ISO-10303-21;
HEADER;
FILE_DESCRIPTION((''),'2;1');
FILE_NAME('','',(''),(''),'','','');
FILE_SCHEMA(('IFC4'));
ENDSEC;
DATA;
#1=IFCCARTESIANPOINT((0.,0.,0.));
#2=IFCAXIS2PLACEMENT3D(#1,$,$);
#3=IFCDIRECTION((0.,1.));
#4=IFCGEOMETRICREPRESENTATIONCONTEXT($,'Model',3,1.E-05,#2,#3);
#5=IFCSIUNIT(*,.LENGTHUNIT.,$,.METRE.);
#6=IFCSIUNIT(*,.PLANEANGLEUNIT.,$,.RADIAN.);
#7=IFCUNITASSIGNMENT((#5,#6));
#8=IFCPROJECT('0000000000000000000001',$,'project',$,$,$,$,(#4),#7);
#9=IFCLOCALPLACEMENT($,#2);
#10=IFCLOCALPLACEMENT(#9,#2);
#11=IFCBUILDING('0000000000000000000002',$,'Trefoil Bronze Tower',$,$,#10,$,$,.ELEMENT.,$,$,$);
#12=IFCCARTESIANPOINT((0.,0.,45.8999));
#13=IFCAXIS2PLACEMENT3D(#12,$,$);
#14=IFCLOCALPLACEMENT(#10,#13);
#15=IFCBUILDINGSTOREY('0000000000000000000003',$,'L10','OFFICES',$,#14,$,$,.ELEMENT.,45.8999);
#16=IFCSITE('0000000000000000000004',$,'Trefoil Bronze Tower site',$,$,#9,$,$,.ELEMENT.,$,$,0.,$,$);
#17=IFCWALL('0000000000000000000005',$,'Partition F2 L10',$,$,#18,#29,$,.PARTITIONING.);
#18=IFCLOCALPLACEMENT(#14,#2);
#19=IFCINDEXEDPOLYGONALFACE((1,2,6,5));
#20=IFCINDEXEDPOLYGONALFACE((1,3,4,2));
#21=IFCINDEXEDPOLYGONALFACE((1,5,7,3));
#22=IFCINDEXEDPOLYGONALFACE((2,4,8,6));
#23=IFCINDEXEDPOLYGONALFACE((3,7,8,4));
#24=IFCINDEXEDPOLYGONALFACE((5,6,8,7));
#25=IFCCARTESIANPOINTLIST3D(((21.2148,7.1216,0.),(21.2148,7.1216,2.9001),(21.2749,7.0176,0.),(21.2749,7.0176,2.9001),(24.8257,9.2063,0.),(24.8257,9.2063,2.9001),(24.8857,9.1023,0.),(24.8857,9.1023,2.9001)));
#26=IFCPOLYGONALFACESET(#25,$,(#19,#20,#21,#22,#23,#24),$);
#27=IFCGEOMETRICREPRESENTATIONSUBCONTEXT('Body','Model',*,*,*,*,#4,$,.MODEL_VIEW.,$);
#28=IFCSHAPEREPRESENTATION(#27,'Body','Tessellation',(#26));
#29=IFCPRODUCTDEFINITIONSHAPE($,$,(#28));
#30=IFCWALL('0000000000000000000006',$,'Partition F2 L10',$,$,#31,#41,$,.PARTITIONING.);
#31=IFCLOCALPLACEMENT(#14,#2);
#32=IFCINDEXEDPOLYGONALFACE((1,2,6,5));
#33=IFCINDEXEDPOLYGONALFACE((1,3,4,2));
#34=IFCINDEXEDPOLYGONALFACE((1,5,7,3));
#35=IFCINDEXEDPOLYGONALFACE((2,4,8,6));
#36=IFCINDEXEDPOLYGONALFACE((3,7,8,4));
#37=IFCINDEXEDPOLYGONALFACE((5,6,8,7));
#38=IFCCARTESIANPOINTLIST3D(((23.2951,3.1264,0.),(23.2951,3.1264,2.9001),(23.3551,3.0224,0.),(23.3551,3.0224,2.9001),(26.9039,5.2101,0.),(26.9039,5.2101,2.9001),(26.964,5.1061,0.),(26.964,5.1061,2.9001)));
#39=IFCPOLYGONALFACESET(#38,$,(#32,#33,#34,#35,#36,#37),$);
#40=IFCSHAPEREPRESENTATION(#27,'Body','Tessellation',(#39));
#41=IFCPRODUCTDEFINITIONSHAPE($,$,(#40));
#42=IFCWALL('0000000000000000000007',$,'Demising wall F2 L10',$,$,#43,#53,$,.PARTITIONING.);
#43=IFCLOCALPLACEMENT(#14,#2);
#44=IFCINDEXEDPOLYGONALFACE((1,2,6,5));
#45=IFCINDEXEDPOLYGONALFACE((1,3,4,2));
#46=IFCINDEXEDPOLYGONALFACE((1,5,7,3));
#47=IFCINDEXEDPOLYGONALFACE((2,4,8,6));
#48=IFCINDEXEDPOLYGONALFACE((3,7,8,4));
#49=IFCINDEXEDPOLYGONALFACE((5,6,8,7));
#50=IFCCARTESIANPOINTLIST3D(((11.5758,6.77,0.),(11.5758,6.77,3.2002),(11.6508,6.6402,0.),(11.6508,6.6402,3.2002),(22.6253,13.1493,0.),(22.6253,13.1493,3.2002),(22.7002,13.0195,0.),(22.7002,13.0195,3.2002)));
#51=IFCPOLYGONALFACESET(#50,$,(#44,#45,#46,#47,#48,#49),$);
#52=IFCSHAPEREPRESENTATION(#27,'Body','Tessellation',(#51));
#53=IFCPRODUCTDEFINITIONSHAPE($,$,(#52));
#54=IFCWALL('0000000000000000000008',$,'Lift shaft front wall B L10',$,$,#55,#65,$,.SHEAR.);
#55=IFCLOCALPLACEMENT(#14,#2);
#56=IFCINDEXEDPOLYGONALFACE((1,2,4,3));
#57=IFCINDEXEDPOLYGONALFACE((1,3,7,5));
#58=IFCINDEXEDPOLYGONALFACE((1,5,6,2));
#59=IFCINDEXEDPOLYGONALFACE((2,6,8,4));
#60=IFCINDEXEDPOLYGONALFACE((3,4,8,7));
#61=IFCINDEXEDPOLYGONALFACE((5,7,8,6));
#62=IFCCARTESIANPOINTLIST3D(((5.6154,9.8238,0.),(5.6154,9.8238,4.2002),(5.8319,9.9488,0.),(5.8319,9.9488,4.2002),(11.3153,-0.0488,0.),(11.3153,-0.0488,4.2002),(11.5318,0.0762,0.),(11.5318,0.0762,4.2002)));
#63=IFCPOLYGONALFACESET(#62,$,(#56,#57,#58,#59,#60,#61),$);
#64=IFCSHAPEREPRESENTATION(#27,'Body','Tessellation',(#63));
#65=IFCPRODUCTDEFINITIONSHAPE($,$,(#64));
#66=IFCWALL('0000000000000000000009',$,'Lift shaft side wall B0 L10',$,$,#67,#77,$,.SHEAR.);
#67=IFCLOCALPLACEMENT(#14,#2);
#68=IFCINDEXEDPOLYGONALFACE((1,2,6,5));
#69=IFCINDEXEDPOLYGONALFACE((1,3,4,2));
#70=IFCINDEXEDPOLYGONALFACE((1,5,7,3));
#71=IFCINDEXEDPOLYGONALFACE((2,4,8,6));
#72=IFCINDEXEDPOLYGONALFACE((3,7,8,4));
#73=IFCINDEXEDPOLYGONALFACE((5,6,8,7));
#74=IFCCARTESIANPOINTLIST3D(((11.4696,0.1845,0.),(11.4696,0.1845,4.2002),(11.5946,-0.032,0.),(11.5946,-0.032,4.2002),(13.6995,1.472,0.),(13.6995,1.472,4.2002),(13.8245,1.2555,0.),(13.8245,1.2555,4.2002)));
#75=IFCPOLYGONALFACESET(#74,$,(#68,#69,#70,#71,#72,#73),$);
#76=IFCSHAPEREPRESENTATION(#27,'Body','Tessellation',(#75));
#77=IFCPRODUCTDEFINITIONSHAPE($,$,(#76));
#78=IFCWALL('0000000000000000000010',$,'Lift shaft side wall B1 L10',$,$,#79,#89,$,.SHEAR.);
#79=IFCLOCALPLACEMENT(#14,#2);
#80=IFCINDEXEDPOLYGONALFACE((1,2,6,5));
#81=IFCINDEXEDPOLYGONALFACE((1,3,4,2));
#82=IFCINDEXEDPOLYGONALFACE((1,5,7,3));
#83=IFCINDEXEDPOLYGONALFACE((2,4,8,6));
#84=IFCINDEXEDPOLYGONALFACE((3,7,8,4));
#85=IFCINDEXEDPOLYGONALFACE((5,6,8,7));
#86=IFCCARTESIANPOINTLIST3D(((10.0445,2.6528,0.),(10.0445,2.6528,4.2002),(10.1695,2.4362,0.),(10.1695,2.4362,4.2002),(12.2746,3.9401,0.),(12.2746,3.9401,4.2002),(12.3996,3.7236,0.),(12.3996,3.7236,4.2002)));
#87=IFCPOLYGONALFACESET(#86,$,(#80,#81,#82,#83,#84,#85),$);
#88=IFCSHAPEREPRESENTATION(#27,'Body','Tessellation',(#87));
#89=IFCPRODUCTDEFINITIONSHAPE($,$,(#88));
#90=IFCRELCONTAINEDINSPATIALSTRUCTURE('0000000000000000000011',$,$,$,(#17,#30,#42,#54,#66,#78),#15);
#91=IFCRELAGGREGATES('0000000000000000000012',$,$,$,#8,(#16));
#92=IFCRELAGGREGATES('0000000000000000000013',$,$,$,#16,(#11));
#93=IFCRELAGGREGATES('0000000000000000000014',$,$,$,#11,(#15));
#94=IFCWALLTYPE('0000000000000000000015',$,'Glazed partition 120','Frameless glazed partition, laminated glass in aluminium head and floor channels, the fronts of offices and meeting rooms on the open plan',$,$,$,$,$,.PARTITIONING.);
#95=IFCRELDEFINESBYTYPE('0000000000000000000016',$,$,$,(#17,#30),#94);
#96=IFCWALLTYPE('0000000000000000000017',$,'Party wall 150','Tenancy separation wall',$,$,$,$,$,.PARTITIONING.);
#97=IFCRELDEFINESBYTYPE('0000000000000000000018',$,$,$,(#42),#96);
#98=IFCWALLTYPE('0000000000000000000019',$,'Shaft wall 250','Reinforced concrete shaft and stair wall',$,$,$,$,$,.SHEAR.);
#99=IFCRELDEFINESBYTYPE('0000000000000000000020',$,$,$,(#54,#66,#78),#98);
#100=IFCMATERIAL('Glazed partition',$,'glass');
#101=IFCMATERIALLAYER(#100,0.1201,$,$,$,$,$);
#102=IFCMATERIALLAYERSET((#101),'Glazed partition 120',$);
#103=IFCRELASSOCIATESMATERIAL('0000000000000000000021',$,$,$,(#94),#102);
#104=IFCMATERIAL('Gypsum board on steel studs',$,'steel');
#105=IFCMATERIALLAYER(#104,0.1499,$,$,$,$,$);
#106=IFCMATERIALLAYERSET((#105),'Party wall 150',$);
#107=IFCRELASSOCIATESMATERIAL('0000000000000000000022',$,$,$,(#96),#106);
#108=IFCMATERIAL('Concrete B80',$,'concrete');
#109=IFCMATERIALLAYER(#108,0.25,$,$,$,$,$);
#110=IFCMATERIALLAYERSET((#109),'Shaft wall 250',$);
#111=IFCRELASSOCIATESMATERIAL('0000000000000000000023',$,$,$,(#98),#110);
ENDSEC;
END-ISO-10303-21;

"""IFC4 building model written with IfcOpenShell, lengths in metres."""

from ifc_helpers import new_model, si_unit, direction, frame, frame_2d, origin, place, context, subcontext, project, spatial, rectangle, extrude, material, layer, layer_set, type_object, element, save


model = new_model("IFC4")

# Units and contexts
model_context = context("Model", 3, precision=1e-05, world=origin(), true_north=direction((0.0, 1.0)))
body_context = subcontext(model_context, "Body", "Model", "MODEL_VIEW")
ifc_project = project(units=[si_unit("LENGTHUNIT", "METRE"), si_unit("PLANEANGLEUNIT", "RADIAN")], contexts=[model_context])

# Site, building, storey
site_placement = place(None, origin())
site = spatial("IfcSite", under=ifc_project, at=site_placement, Name="Trefoil Bronze Tower site", CompositionType="ELEMENT", RefElevation=0.0)
building_placement = place(site_placement, origin())
building = spatial("IfcBuilding", under=site, at=building_placement, Name="Trefoil Bronze Tower", CompositionType="ELEMENT")
storey_placement = place(building_placement, frame((0.0, 0.0, 45.8999)))
storey = spatial("IfcBuildingStorey", under=building, at=storey_placement, Name="L10", Description="OFFICES", CompositionType="ELEMENT", Elevation=45.8999)

# Shared definitions
ifc_material_1 = material(Name="Glazed partition", Category="glass")
ifc_layer_1 = layer(ifc_material_1, 0.1201)
ifc_layer_set_1 = layer_set([ifc_layer_1], Name="Glazed partition 120")
wall_type_1 = type_object("IfcWallType", Name="Glazed partition 120", Description="Frameless glazed partition, laminated glass in aluminium head and floor channels, the fronts of offices and meeting rooms on the open plan", PredefinedType="PARTITIONING", material=ifc_layer_set_1)

# Walls
wall_1_placement = place(storey_placement, frame((21.2449, 7.0696, 0.0), z_axis=(0.0, 0.0, 1.0), x_axis=(0.866026, 0.5, 0.0)))
element("IfcWall", 1, at=wall_1_placement, inside=storey, type_object=wall_type_1, Name="Partition F2 L10", PredefinedType="PARTITIONING", context=body_context, shape_type="SweptSolid", body=[
    extrude(rectangle(XDim=4.1694, YDim=0.1201, at=frame_2d((2.0847, 0.0))), origin(), (0.0, 0.0, 1.0), 2.9001),
])
wall_2_placement = place(storey_placement, frame((23.3252, 3.0745, 0.0), z_axis=(0.0, 0.0, 1.0), x_axis=(0.86601, 0.500027, 0.0)))
element("IfcWall", 2, at=wall_2_placement, inside=storey, type_object=wall_type_1, Name="Partition F2 L10", PredefinedType="PARTITIONING", context=body_context, shape_type="SweptSolid", body=[
    extrude(rectangle(XDim=4.1672, YDim=0.1201, at=frame_2d((2.0835, 0.0))), origin(), (0.0, 0.0, 1.0), 2.9001),
])
ifc_material_2 = material(Name="Gypsum board on steel studs", Category="steel")
ifc_layer_2 = layer(ifc_material_2, 0.1499)
ifc_layer_set_2 = layer_set([ifc_layer_2], Name="Party wall 150")
wall_type_2 = type_object("IfcWallType", Name="Party wall 150", Description="Tenancy separation wall", PredefinedType="PARTITIONING", material=ifc_layer_set_2)
wall_3_placement = place(storey_placement, frame((11.6133, 6.7051, 0.0), z_axis=(0.0, 0.0, 1.0), x_axis=(0.866028, 0.499996, 0.0)))
element("IfcWall", 3, at=wall_3_placement, inside=storey, type_object=wall_type_2, Name="Demising wall F2 L10", PredefinedType="PARTITIONING", context=body_context, shape_type="SweptSolid", body=[
    extrude(rectangle(XDim=12.7588, YDim=0.1499, at=frame_2d((6.3794, 0.0))), origin(), (0.0, 0.0, 1.0), 3.2002),
])
ifc_material_3 = material(Name="Concrete B80", Category="concrete")
ifc_layer_3 = layer(ifc_material_3, 0.25)
ifc_layer_set_3 = layer_set([ifc_layer_3], Name="Shaft wall 250")
wall_type_3 = type_object("IfcWallType", Name="Shaft wall 250", Description="Reinforced concrete shaft and stair wall", PredefinedType="SHEAR", material=ifc_layer_set_3)
wall_4_placement = place(storey_placement, frame((11.4236, 0.0137, 0.0), z_axis=(0.0, 0.0, 1.0), x_axis=(-0.500002, 0.866024, 0.0)))
element("IfcWall", 4, at=wall_4_placement, inside=storey, type_object=wall_type_3, Name="Lift shaft front wall B L10", PredefinedType="SHEAR", context=body_context, shape_type="SweptSolid", body=[
    extrude(rectangle(XDim=11.3999, YDim=0.25, at=frame_2d((5.7, 0.0))), origin(), (0.0, 0.0, 1.0), 4.2002),
])
for number, where, z_axis, x_axis, name in (
    (5, (11.532, 0.0762, 0.0), (0.0, 0.0, 1.0), (0.866006, 0.500034, 0.0), "Lift shaft side wall B0 L10"),
    (6, (10.1069, 2.5444, 0.0), (0.0, 0.0, 1.0), (0.866047, 0.499963, 0.0), "Lift shaft side wall B1 L10"),
):
    element("IfcWall", number, at=place(storey_placement, frame(where, z_axis=z_axis, x_axis=x_axis)), inside=storey, type_object=wall_type_3, Name=name, PredefinedType="SHEAR", context=body_context, shape_type="SweptSolid", body=[
        extrude(rectangle(XDim=2.575, YDim=0.25, at=frame_2d((1.2876, 0.0))), origin(), (0.0, 0.0, 1.0), 4.2002),
    ])

save(model, "model.ifc")
